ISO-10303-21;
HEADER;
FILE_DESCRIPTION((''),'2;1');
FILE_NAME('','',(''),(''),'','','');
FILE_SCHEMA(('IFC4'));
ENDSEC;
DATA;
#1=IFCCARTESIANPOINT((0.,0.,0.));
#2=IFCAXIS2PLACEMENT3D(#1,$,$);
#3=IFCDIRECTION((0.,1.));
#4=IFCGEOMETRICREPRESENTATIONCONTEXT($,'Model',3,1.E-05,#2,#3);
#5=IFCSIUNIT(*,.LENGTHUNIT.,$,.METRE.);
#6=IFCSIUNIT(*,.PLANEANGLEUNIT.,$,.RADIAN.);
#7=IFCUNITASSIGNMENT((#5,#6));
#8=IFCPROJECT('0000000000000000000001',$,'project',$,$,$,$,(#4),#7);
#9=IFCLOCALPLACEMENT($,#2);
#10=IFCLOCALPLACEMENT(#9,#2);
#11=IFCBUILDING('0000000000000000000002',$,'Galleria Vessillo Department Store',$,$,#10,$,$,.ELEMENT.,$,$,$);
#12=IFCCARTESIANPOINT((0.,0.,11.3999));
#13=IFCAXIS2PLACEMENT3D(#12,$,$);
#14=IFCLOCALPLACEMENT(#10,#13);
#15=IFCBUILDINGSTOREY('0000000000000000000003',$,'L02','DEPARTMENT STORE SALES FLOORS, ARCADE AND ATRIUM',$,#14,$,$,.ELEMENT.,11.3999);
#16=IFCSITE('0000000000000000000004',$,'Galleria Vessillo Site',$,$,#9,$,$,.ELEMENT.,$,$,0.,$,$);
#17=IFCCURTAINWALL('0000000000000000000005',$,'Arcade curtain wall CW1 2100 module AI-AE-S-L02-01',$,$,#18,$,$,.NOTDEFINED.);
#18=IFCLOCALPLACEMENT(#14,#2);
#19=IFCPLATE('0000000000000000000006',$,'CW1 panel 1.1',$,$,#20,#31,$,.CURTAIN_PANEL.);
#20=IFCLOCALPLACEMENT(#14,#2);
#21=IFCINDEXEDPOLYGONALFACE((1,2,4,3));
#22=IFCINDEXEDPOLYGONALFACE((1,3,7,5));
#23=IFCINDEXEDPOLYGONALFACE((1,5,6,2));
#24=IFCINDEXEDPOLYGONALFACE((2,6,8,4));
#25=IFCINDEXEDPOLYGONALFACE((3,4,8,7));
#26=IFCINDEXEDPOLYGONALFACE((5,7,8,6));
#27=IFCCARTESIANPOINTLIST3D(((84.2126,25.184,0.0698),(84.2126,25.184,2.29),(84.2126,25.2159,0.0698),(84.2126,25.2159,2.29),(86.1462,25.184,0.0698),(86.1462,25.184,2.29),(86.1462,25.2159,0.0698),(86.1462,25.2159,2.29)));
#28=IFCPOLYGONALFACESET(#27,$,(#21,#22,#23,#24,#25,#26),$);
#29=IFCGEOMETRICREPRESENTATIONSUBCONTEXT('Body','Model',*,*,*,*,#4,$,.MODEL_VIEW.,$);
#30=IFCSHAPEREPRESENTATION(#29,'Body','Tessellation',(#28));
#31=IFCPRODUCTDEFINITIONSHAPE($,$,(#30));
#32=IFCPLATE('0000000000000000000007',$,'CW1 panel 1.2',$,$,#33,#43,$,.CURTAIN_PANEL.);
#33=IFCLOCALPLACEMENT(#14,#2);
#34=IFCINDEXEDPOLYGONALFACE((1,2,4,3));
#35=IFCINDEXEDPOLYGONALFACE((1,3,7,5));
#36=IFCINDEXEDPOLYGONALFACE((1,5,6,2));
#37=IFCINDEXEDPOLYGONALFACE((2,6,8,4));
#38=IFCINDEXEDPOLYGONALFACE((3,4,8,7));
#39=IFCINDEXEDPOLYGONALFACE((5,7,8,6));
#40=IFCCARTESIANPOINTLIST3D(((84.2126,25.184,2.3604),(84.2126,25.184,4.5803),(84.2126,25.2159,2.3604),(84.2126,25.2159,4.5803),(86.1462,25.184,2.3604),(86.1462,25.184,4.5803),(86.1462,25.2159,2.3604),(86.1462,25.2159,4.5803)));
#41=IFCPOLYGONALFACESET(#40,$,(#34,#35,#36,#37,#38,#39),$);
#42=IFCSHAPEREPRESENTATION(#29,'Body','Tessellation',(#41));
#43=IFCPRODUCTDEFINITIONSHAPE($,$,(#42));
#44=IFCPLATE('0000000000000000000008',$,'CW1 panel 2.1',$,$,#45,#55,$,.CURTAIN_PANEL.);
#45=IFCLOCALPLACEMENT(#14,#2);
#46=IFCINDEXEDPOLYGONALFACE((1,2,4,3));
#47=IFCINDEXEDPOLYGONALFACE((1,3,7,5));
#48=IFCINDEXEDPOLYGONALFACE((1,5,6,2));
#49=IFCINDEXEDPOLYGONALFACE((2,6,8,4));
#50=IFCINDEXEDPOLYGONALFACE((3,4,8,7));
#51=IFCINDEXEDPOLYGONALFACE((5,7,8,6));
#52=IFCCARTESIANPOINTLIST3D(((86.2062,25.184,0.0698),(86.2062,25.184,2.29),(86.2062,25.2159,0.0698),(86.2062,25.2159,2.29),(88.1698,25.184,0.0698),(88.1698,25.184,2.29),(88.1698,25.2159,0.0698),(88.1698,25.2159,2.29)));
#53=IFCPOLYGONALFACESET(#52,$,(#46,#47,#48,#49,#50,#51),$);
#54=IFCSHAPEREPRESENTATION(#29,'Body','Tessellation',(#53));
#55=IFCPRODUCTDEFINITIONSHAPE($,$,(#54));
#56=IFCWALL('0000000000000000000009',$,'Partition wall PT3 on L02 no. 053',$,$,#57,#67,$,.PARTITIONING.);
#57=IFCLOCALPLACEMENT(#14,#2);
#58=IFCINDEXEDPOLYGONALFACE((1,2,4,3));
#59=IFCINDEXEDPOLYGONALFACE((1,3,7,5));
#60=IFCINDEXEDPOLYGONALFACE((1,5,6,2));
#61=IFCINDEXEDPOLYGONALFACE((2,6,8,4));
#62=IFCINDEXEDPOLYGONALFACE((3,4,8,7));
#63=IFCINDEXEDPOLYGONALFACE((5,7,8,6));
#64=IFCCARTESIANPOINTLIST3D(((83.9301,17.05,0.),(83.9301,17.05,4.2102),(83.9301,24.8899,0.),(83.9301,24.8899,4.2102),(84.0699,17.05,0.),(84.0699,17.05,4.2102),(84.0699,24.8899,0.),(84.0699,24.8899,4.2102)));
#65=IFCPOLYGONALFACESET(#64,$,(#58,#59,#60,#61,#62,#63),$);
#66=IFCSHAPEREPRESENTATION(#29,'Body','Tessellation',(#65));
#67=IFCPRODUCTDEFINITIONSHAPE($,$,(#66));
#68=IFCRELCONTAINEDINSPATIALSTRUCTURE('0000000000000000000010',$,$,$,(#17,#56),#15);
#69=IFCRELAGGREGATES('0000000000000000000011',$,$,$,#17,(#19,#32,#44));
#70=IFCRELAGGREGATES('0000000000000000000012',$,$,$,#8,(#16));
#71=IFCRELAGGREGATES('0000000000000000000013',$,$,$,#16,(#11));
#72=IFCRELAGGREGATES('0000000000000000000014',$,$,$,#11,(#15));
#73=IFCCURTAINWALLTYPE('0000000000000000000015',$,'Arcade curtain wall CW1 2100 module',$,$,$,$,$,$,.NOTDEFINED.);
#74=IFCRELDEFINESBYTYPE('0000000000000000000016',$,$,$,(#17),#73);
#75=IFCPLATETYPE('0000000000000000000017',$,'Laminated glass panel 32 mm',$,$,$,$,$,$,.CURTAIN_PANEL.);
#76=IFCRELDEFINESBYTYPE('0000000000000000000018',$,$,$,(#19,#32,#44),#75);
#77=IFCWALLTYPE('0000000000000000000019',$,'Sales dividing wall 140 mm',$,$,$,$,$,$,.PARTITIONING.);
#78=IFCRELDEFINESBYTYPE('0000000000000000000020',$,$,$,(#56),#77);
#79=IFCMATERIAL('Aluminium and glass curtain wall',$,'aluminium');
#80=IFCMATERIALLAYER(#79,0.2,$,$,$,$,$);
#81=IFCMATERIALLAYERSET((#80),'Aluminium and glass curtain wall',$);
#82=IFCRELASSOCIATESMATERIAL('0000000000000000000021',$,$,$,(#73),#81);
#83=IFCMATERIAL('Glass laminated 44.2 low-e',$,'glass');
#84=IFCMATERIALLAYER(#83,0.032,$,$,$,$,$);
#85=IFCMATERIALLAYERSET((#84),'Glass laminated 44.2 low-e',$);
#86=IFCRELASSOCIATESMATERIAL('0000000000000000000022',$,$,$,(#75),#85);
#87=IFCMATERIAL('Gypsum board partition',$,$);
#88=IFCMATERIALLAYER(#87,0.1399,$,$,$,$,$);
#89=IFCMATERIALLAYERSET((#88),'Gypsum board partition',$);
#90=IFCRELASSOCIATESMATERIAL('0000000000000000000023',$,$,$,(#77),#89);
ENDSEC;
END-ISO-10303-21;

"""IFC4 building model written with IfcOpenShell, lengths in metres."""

from ifc_helpers import new_model, si_unit, direction, frame, frame_2d, origin, origin_2d, place, context, subcontext, project, spatial, rectangle, extrude, material, layer, layer_set, type_object, element, aggregate, save


model = new_model("IFC4")

# Units and contexts
model_context = context("Model", 3, precision=1e-05, world=origin(), true_north=direction((0.0, 1.0)))
body_context = subcontext(model_context, "Body", "Model", "MODEL_VIEW")
ifc_project = project(units=[si_unit("LENGTHUNIT", "METRE"), si_unit("PLANEANGLEUNIT", "RADIAN")], contexts=[model_context])

# Site, building, storey
site_placement = place(None, origin())
site = spatial("IfcSite", under=ifc_project, at=site_placement, Name="Galleria Vessillo Site", CompositionType="ELEMENT", RefElevation=0.0)
building_placement = place(site_placement, origin())
building = spatial("IfcBuilding", under=site, at=building_placement, Name="Galleria Vessillo Department Store", CompositionType="ELEMENT")
storey_placement = place(building_placement, frame((0.0, 0.0, 11.3999)))
storey = spatial("IfcBuildingStorey", under=building, at=storey_placement, Name="L02", Description="DEPARTMENT STORE SALES FLOORS, ARCADE AND ATRIUM", CompositionType="ELEMENT", Elevation=11.3999)

# Curtain wall
ifc_material_1 = material(Name="Aluminium and glass curtain wall", Category="aluminium")
ifc_layer_1 = layer(ifc_material_1, 0.2)
ifc_layer_set_1 = layer_set([ifc_layer_1], Name="Aluminium and glass curtain wall")
curtain_wall_type = type_object("IfcCurtainWallType", Name="Arcade curtain wall CW1 2100 module", PredefinedType="NOTDEFINED", material=ifc_layer_set_1)
curtain_wall_placement = place(storey_placement, origin())
curtain_wall = element("IfcCurtainWall", 1, at=curtain_wall_placement, inside=storey, type_object=curtain_wall_type, Name="Arcade curtain wall CW1 2100 module AI-AE-S-L02-01", PredefinedType="NOTDEFINED")

# Plates
ifc_material_2 = material(Name="Glass laminated 44.2 low-e", Category="glass")
ifc_layer_2 = layer(ifc_material_2, 0.032)
ifc_layer_set_2 = layer_set([ifc_layer_2], Name="Glass laminated 44.2 low-e")
plate_type = type_object("IfcPlateType", Name="Laminated glass panel 32 mm", PredefinedType="CURTAIN_PANEL", material=ifc_layer_set_2)
plate_1_placement = place(storey_placement, frame((85.1794, 25.2, 0.0698), z_axis=(0.0, 0.0, 1.0), x_axis=(1.0, 0.0, 0.0)))
plate_1 = element("IfcPlate", 2, at=plate_1_placement, type_object=plate_type, Name="CW1 panel 1.1", PredefinedType="CURTAIN_PANEL", context=body_context, shape_type="SweptSolid", body=[
    extrude(rectangle(XDim=1.9336, YDim=0.032, at=origin_2d()), origin(), (0.0, 0.0, 1.0), 2.2202),
])
plate_2_placement = place(storey_placement, frame((85.1794, 25.2, 2.3604), z_axis=(0.0, 0.0, 1.0), x_axis=(1.0, 0.0, 0.0)))
plate_2 = element("IfcPlate", 3, at=plate_2_placement, type_object=plate_type, Name="CW1 panel 1.2", PredefinedType="CURTAIN_PANEL", context=body_context, shape_type="SweptSolid", body=[
    extrude(rectangle(XDim=1.9336, YDim=0.032, at=origin_2d()), origin(), (0.0, 0.0, 1.0), 2.22),
])
plate_3_placement = place(storey_placement, frame((87.188, 25.2, 0.0698), z_axis=(0.0, 0.0, 1.0), x_axis=(1.0, 0.0, 0.0)))
plate_3 = element("IfcPlate", 4, at=plate_3_placement, type_object=plate_type, Name="CW1 panel 2.1", PredefinedType="CURTAIN_PANEL", context=body_context, shape_type="SweptSolid", body=[
    extrude(rectangle(XDim=1.9636, YDim=0.032, at=origin_2d()), origin(), (0.0, 0.0, 1.0), 2.2202),
])
aggregate(curtain_wall, [plate_1, plate_2, plate_3])

# Wall
ifc_material_3 = material(Name="Gypsum board partition")
ifc_layer_3 = layer(ifc_material_3, 0.1399)
ifc_layer_set_3 = layer_set([ifc_layer_3], Name="Gypsum board partition")
wall_type = type_object("IfcWallType", Name="Sales dividing wall 140 mm", PredefinedType="PARTITIONING", material=ifc_layer_set_3)
wall_placement = place(storey_placement, frame((84.0, 17.05, 0.0), z_axis=(0.0, 0.0, 1.0), x_axis=(0.0, 1.0, 0.0)))
element("IfcWall", 5, at=wall_placement, inside=storey, type_object=wall_type, Name="Partition wall PT3 on L02 no. 053", PredefinedType="PARTITIONING", context=body_context, shape_type="SweptSolid", body=[
    extrude(rectangle(XDim=7.8398, YDim=0.1399, at=frame_2d((3.9199, 0.0))), origin(), (0.0, 0.0, 1.0), 4.2102),
])

save(model, "model.ifc")
